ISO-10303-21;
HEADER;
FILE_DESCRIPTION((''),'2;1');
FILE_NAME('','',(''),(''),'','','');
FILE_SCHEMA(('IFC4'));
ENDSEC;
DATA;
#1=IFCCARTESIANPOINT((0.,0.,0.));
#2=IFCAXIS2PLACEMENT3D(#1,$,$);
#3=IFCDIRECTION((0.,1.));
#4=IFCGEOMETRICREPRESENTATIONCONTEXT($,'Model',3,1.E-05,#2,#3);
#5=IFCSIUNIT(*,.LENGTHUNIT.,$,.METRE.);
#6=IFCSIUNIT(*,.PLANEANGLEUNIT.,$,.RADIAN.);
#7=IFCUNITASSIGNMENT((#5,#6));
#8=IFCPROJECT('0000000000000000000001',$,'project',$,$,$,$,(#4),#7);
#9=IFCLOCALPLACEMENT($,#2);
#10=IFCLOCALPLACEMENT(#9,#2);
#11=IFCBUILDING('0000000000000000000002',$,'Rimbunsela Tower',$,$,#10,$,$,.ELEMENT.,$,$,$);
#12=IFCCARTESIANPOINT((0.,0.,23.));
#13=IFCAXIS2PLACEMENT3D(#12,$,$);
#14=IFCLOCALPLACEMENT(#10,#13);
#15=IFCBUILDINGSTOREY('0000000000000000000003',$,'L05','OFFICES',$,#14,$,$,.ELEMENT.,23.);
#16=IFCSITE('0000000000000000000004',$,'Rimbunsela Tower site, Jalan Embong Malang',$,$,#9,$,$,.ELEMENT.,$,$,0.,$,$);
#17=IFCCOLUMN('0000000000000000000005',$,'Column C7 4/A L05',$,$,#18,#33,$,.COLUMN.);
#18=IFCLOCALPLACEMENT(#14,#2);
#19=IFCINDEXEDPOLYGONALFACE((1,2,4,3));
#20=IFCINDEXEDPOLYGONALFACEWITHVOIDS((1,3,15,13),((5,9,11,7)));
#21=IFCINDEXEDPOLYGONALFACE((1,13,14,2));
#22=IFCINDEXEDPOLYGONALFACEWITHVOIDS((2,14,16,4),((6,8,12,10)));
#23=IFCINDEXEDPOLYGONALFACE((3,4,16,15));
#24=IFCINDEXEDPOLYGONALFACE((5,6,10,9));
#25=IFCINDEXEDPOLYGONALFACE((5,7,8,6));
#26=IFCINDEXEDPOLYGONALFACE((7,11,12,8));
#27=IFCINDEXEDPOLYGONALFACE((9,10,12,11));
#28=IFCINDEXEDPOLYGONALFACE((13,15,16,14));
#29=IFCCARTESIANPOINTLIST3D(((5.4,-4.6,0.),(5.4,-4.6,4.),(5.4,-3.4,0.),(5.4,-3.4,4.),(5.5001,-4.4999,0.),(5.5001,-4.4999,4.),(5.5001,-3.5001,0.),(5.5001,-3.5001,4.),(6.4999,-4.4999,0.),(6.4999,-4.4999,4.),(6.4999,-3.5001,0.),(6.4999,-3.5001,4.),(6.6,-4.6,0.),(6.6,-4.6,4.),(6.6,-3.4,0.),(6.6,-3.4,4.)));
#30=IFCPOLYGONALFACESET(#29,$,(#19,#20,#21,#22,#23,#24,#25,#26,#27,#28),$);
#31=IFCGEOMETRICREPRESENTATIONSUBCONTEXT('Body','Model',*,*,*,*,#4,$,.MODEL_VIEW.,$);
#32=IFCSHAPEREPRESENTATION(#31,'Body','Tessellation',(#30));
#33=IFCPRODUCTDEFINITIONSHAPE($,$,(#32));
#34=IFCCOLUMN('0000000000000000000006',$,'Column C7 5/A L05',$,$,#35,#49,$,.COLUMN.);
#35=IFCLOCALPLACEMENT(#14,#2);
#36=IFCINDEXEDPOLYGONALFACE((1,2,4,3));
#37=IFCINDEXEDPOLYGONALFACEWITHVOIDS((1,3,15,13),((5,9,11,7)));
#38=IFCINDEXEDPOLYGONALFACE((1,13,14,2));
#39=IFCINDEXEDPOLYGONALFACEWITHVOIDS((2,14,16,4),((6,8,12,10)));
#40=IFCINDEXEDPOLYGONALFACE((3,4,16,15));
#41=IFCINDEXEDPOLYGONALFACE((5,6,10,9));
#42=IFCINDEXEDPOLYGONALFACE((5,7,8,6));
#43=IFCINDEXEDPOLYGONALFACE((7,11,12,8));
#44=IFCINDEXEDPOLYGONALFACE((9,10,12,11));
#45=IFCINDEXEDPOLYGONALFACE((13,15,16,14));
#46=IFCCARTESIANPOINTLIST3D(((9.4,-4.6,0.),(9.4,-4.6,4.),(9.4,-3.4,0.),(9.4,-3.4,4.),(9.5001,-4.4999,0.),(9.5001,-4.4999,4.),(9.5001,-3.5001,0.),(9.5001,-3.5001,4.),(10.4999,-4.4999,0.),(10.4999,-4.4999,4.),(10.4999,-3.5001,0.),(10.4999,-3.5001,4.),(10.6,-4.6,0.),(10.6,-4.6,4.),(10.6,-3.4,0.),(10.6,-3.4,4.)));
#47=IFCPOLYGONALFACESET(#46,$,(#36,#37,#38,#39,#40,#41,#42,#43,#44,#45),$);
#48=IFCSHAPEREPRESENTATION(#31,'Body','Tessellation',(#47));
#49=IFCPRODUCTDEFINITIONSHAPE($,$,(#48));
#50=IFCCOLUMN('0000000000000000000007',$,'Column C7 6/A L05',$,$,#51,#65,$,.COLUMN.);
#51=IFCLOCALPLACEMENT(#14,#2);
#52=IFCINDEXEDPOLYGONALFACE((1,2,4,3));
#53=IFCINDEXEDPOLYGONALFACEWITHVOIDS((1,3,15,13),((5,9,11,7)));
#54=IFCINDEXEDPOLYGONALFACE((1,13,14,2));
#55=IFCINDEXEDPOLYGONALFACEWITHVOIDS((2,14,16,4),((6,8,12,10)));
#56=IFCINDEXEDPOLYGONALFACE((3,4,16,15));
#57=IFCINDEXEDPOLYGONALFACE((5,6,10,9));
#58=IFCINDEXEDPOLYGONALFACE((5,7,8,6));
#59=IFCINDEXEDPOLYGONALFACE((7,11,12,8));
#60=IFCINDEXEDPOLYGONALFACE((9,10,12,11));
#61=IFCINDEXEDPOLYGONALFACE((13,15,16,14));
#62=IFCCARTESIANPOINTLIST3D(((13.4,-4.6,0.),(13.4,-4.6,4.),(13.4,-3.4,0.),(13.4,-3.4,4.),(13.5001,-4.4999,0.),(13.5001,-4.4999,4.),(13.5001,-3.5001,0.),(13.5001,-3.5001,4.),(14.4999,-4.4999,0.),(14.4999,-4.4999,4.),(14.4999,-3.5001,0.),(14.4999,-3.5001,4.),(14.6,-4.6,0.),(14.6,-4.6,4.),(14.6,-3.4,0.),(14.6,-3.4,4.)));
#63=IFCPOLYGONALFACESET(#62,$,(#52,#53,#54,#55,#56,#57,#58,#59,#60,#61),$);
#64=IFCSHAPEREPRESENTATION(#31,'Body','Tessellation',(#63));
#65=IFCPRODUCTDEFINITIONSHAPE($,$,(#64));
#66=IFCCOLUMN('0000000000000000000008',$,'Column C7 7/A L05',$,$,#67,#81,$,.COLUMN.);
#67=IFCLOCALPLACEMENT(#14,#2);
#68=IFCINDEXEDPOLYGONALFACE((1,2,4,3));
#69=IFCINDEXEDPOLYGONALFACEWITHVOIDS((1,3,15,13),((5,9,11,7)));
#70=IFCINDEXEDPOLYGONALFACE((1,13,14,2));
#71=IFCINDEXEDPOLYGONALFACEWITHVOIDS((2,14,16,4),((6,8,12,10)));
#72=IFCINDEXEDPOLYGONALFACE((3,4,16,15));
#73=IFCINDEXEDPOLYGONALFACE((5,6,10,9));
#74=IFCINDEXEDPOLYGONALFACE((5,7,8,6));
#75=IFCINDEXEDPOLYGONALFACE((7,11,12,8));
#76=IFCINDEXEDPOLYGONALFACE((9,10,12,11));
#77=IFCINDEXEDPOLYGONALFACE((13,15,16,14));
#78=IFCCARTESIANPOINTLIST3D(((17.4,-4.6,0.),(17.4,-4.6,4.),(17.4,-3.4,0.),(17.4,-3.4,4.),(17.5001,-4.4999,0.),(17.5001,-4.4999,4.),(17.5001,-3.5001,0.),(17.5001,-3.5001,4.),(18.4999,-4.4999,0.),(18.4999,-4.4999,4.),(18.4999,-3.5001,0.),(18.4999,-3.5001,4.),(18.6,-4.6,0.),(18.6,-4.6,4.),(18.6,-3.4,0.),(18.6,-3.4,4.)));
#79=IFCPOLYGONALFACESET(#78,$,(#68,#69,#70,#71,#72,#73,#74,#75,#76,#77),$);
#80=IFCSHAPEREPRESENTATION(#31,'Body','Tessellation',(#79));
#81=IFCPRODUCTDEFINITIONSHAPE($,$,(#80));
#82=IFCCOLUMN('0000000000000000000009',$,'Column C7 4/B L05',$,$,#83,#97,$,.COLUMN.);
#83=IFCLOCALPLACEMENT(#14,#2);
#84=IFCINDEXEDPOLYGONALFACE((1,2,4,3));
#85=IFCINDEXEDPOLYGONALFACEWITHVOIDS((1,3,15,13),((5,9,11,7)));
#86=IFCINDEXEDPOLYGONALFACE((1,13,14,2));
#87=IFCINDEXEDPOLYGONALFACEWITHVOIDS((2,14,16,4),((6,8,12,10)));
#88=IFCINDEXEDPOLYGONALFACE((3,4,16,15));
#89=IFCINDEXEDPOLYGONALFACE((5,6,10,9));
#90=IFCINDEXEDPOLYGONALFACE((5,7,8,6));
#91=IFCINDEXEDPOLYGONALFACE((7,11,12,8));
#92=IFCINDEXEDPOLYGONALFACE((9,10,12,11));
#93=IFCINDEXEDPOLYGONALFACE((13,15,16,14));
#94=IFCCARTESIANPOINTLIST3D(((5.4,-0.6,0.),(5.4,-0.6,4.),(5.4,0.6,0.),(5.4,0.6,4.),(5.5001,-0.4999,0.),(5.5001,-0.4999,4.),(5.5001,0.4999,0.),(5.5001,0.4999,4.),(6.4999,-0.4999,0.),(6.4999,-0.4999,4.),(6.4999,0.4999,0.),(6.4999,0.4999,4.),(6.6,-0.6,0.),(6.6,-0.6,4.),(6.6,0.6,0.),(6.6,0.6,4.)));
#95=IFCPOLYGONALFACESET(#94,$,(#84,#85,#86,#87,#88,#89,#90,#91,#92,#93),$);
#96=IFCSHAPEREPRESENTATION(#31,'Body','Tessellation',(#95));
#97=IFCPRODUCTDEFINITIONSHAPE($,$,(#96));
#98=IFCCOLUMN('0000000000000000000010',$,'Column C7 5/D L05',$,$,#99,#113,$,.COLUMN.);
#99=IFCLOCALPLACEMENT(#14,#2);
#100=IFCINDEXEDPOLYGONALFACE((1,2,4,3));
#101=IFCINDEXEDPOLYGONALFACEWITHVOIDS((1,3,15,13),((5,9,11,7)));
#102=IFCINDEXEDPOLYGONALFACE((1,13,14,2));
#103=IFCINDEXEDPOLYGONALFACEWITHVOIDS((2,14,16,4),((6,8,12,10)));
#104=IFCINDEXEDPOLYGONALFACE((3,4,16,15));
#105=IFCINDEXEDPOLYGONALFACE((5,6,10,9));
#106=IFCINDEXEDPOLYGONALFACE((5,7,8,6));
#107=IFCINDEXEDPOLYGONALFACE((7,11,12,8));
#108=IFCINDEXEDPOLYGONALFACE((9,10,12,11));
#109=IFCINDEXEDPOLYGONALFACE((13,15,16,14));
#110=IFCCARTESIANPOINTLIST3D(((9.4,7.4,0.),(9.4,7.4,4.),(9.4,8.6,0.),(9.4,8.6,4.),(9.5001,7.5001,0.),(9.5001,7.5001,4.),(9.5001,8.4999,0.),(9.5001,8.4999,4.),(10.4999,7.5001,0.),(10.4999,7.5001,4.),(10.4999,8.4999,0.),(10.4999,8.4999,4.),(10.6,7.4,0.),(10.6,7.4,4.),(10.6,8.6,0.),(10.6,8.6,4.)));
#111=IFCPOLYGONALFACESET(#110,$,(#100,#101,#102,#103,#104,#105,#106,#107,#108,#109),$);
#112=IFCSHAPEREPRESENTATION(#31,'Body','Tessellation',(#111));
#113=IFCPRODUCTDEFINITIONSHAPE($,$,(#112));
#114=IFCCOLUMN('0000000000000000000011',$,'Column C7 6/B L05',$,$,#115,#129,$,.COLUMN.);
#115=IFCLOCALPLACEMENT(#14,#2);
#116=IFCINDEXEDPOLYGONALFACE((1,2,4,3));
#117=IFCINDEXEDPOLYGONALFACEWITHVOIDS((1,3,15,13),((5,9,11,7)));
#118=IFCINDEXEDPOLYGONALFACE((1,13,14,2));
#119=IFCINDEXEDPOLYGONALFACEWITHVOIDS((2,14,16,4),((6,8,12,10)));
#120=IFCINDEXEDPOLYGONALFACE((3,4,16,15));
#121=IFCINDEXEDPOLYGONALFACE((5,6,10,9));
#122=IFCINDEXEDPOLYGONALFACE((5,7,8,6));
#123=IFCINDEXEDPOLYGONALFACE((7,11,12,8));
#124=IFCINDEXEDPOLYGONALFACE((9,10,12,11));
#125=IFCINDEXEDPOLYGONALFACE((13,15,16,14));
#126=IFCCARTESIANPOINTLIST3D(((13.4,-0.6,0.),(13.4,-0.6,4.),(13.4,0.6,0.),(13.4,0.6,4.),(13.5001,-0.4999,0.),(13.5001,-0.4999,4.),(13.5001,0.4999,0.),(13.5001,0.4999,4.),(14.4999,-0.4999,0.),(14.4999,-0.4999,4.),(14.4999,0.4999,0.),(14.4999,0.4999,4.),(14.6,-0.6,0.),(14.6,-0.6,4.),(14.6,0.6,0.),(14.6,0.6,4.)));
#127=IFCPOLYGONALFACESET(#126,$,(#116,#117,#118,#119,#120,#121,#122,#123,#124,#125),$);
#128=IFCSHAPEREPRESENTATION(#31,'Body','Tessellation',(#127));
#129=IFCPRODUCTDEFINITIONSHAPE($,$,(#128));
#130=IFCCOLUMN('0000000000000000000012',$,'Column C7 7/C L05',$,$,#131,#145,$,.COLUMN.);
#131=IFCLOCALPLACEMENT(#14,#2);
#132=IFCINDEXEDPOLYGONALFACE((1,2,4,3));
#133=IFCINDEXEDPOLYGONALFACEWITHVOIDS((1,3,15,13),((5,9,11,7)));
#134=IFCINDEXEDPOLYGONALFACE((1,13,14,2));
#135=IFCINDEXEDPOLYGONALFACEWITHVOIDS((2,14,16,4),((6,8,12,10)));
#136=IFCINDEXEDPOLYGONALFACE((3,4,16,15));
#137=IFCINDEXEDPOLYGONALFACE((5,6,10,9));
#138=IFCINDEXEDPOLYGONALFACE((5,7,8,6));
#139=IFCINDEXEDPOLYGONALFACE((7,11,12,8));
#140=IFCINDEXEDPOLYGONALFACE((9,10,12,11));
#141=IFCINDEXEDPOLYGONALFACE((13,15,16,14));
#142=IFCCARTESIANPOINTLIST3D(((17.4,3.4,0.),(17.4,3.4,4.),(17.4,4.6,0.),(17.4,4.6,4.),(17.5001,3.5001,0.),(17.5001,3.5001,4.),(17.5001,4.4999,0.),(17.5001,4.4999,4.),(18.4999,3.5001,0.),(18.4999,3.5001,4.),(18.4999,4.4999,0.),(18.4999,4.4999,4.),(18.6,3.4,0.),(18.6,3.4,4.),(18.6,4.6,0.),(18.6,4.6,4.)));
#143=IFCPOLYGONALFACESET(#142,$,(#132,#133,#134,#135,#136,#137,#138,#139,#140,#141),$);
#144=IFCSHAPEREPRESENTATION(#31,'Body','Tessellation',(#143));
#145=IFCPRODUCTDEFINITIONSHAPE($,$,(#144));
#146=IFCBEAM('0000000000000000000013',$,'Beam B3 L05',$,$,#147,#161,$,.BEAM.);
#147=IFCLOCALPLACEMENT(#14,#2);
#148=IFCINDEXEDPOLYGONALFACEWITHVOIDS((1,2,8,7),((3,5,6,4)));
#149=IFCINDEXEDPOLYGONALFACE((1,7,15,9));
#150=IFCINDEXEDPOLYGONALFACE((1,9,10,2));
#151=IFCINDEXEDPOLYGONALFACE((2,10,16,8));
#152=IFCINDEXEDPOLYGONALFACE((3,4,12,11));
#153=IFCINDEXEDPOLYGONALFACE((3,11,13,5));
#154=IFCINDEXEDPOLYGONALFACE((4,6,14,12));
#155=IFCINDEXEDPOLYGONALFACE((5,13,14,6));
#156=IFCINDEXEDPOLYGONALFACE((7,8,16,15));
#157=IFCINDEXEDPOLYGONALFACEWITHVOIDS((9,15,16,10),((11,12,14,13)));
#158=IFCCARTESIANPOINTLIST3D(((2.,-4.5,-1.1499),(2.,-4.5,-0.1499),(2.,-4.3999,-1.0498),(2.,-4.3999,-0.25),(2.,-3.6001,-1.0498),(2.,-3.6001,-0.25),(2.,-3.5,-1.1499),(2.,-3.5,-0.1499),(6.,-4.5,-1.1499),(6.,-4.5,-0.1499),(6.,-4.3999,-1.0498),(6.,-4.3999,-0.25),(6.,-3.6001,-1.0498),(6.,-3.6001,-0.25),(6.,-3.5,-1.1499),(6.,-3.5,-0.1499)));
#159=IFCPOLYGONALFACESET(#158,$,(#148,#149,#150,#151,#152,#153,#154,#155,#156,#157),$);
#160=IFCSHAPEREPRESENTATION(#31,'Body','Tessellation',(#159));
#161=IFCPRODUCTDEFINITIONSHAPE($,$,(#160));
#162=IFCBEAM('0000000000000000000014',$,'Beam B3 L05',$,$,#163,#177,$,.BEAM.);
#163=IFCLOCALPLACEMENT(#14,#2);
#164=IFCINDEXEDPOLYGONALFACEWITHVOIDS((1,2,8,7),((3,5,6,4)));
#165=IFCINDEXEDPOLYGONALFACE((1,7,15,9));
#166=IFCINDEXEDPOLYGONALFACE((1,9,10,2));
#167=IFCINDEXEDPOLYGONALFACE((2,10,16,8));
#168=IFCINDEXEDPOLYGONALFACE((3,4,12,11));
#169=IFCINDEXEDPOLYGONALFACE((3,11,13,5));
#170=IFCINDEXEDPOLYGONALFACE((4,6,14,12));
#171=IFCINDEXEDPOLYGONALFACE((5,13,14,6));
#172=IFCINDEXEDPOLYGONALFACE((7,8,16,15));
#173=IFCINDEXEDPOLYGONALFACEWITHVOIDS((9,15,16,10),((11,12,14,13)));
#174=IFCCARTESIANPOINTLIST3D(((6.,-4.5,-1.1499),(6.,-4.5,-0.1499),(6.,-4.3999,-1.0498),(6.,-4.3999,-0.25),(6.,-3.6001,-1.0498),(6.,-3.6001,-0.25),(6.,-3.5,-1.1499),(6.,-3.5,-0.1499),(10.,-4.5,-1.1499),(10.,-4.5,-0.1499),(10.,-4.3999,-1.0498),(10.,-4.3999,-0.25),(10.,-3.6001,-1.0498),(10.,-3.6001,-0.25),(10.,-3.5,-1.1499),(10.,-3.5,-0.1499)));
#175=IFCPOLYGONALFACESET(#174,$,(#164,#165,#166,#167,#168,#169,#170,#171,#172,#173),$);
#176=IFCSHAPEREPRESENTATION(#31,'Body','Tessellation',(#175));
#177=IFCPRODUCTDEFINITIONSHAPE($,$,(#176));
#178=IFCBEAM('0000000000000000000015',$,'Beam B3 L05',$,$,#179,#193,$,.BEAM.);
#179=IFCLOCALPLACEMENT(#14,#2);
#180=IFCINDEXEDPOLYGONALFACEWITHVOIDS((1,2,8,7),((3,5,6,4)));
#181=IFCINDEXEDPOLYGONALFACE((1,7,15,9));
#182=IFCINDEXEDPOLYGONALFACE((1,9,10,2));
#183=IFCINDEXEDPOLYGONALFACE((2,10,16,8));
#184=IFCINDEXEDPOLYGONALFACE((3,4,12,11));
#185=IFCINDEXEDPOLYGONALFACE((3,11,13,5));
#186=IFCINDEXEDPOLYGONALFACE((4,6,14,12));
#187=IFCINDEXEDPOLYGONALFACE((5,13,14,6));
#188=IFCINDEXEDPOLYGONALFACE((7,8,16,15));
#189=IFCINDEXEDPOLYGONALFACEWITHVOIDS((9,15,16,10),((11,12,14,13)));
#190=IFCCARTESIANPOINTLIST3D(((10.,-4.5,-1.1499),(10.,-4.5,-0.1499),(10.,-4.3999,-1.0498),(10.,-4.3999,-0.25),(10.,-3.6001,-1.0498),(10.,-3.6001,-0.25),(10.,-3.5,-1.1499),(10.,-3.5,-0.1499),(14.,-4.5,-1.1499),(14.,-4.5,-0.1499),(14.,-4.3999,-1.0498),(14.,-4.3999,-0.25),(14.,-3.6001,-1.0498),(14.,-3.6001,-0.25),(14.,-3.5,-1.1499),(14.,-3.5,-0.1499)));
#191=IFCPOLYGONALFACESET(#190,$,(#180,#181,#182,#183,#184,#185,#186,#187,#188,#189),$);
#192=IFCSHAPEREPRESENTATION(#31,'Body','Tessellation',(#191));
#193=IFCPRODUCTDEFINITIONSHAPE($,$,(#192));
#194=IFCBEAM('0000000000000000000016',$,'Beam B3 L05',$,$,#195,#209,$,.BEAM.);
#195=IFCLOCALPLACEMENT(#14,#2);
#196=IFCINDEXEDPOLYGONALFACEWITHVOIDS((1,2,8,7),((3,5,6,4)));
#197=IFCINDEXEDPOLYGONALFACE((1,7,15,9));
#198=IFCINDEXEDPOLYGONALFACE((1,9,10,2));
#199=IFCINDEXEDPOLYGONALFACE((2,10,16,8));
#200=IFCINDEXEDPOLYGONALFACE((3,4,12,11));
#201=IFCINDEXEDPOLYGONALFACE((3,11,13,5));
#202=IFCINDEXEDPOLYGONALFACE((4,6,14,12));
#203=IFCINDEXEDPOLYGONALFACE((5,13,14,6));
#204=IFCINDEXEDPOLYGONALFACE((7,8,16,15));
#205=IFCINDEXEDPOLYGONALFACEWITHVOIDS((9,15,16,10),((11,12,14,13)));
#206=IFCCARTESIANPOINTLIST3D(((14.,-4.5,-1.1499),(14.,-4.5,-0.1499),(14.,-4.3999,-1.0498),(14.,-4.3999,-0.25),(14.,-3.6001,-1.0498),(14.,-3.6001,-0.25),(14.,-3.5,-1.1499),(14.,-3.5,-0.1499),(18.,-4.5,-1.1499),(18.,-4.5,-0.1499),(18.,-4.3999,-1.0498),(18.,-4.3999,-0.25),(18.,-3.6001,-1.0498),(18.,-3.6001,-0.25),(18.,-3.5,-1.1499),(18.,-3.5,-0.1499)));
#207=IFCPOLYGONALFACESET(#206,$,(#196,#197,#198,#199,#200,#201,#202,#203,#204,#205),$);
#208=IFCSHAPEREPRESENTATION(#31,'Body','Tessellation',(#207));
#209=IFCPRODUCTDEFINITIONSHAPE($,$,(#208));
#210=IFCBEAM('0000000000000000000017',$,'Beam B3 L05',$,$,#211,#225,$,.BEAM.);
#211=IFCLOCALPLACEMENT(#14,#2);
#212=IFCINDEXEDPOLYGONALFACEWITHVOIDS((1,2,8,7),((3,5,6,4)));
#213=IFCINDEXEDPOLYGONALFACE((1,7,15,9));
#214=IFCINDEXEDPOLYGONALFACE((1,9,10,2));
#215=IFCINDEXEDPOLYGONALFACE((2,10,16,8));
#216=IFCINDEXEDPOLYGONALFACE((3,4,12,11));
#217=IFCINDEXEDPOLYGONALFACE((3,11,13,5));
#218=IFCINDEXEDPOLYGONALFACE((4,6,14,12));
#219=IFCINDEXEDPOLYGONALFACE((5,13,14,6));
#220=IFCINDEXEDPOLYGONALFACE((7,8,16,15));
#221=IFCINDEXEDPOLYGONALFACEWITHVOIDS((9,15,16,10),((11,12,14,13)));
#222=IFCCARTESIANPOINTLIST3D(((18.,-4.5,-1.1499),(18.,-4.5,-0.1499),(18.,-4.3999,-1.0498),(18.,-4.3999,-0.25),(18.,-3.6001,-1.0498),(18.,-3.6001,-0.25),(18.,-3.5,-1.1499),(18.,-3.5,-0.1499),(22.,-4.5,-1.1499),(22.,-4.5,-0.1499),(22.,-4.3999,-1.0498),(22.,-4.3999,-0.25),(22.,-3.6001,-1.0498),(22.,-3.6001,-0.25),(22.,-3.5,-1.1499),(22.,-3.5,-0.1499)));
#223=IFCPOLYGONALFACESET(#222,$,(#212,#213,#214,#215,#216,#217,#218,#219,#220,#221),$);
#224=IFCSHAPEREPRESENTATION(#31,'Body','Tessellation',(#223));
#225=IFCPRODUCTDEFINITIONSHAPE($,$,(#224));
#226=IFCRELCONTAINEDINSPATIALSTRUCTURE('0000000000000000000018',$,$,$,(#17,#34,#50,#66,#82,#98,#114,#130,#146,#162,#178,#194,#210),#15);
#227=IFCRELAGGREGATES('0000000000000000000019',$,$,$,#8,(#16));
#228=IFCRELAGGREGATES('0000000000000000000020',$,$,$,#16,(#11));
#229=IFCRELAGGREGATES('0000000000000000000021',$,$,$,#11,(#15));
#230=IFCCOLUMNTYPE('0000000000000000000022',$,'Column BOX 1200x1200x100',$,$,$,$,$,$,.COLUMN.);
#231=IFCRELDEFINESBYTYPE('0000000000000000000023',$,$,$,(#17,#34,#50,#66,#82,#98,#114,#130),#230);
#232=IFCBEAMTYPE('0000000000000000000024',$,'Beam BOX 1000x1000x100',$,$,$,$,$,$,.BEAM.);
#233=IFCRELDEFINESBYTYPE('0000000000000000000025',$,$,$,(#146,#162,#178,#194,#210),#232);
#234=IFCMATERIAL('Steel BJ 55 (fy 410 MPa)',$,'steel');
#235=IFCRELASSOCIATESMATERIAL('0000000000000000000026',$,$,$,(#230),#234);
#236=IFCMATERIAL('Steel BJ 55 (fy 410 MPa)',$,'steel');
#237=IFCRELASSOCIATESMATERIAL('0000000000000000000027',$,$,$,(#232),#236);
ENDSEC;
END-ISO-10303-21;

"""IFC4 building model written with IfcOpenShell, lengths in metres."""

from ifc_helpers import new_model, si_unit, direction, frame, origin, origin_2d, place, context, subcontext, project, spatial, hollow_rectangle, extrude, material, material_profile, profile_set, type_object, element, save


model = new_model("IFC4")

# Units and contexts
model_context = context("Model", 3, precision=1e-05, world=origin(), true_north=direction((0.0, 1.0)))
body_context = subcontext(model_context, "Body", "Model", "MODEL_VIEW")
ifc_project = project(units=[si_unit("LENGTHUNIT", "METRE"), si_unit("PLANEANGLEUNIT", "RADIAN")], contexts=[model_context])

# Site, building, storey
site_placement = place(None, origin())
site = spatial("IfcSite", under=ifc_project, at=site_placement, Name="Rimbunsela Tower site, Jalan Embong Malang", CompositionType="ELEMENT", RefElevation=0.0)
building_placement = place(site_placement, origin())
building = spatial("IfcBuilding", under=site, at=building_placement, Name="Rimbunsela Tower", CompositionType="ELEMENT")
storey_placement = place(building_placement, frame((0.0, 0.0, 23.0)))
storey = spatial("IfcBuildingStorey", under=building, at=storey_placement, Name="L05", Description="OFFICES", CompositionType="ELEMENT", Elevation=23.0)

# Columns
ifc_material_1 = material(Name="Steel BJ 55 (fy 410 MPa)", Category="steel")
ifc_material_profile_1 = material_profile(ifc_material_1, hollow_rectangle(XDim=1.2, YDim=1.2, WallThickness=0.1001, at=origin_2d()), Name="BOX 1200x1200x100")
ifc_profile_set_1 = profile_set([ifc_material_profile_1], Name="Steel BJ 55 (fy 410 MPa)")
column_type = type_object("IfcColumnType", Name="Column BOX 1200x1200x100", PredefinedType="COLUMN", material=ifc_profile_set_1)
for number, where, z_axis, x_axis, name in (
    (1, (6.0, -4.0, 0.0), (0.0, 0.0, 1.0), (1.0, 0.0, 0.0), "Column C7 4/A L05"),
    (2, (10.0, -4.0, 0.0), (0.0, 0.0, 1.0), (1.0, 0.0, 0.0), "Column C7 5/A L05"),
    (3, (14.0, -4.0, 0.0), (0.0, 0.0, 1.0), (1.0, 0.0, 0.0), "Column C7 6/A L05"),
    (4, (18.0, -4.0, 0.0), (0.0, 0.0, 1.0), (1.0, 0.0, 0.0), "Column C7 7/A L05"),
    (5, (6.0, 0.0, 0.0), (0.0, 0.0, 1.0), (1.0, 0.0, 0.0), "Column C7 4/B L05"),
    (6, (10.0, 8.0, 0.0), (0.0, 0.0, 1.0), (1.0, 0.0, 0.0), "Column C7 5/D L05"),
    (7, (14.0, 0.0, 0.0), (0.0, 0.0, 1.0), (1.0, 0.0, 0.0), "Column C7 6/B L05"),
    (8, (18.0, 4.0, 0.0), (0.0, 0.0, 1.0), (1.0, 0.0, 0.0), "Column C7 7/C L05"),
):
    element("IfcColumn", number, at=place(storey_placement, frame(where, z_axis=z_axis, x_axis=x_axis)), inside=storey, type_object=column_type, Name=name, PredefinedType="COLUMN", context=body_context, shape_type="SweptSolid", body=[
        extrude(hollow_rectangle(XDim=1.2, YDim=1.2, WallThickness=0.1001, at=origin_2d()), origin(), (0.0, 0.0, 1.0), 4.0),
    ])

# Beams
ifc_material_2 = material(Name="Steel BJ 55 (fy 410 MPa)", Category="steel")
ifc_material_profile_2 = material_profile(ifc_material_2, hollow_rectangle(XDim=1.0, YDim=1.0, WallThickness=0.1001, at=origin_2d()), Name="BOX 1000x1000x100")
ifc_profile_set_2 = profile_set([ifc_material_profile_2], Name="Steel BJ 55 (fy 410 MPa)")
beam_type_1 = type_object("IfcBeamType", Name="Beam BOX 1000x1000x100", PredefinedType="BEAM", material=ifc_profile_set_2)
for number, where, z_axis, x_axis, name in (
    (9, (2.0, -4.0, -0.6499), (1.0, 0.0, 0.0), (0.0, 1.0, 0.0), "Beam B3 L05"),
    (10, (6.0, -4.0, -0.6499), (1.0, 0.0, 0.0), (0.0, 1.0, 0.0), "Beam B3 L05"),
    (11, (10.0, -4.0, -0.6499), (1.0, 0.0, 0.0), (0.0, 1.0, 0.0), "Beam B3 L05"),
    (12, (14.0, -4.0, -0.6499), (1.0, 0.0, 0.0), (0.0, 1.0, 0.0), "Beam B3 L05"),
    (13, (18.0, -4.0, -0.6499), (1.0, 0.0, 0.0), (0.0, 1.0, 0.0), "Beam B3 L05"),
):
    element("IfcBeam", number, at=place(storey_placement, frame(where, z_axis=z_axis, x_axis=x_axis)), inside=storey, type_object=beam_type_1, Name=name, PredefinedType="BEAM", context=body_context, shape_type="SweptSolid", body=[
        extrude(hollow_rectangle(XDim=1.0, YDim=1.0, WallThickness=0.1001, at=origin_2d()), origin(), (0.0, 0.0, 1.0), 4.0),
    ])

save(model, "model.ifc")
